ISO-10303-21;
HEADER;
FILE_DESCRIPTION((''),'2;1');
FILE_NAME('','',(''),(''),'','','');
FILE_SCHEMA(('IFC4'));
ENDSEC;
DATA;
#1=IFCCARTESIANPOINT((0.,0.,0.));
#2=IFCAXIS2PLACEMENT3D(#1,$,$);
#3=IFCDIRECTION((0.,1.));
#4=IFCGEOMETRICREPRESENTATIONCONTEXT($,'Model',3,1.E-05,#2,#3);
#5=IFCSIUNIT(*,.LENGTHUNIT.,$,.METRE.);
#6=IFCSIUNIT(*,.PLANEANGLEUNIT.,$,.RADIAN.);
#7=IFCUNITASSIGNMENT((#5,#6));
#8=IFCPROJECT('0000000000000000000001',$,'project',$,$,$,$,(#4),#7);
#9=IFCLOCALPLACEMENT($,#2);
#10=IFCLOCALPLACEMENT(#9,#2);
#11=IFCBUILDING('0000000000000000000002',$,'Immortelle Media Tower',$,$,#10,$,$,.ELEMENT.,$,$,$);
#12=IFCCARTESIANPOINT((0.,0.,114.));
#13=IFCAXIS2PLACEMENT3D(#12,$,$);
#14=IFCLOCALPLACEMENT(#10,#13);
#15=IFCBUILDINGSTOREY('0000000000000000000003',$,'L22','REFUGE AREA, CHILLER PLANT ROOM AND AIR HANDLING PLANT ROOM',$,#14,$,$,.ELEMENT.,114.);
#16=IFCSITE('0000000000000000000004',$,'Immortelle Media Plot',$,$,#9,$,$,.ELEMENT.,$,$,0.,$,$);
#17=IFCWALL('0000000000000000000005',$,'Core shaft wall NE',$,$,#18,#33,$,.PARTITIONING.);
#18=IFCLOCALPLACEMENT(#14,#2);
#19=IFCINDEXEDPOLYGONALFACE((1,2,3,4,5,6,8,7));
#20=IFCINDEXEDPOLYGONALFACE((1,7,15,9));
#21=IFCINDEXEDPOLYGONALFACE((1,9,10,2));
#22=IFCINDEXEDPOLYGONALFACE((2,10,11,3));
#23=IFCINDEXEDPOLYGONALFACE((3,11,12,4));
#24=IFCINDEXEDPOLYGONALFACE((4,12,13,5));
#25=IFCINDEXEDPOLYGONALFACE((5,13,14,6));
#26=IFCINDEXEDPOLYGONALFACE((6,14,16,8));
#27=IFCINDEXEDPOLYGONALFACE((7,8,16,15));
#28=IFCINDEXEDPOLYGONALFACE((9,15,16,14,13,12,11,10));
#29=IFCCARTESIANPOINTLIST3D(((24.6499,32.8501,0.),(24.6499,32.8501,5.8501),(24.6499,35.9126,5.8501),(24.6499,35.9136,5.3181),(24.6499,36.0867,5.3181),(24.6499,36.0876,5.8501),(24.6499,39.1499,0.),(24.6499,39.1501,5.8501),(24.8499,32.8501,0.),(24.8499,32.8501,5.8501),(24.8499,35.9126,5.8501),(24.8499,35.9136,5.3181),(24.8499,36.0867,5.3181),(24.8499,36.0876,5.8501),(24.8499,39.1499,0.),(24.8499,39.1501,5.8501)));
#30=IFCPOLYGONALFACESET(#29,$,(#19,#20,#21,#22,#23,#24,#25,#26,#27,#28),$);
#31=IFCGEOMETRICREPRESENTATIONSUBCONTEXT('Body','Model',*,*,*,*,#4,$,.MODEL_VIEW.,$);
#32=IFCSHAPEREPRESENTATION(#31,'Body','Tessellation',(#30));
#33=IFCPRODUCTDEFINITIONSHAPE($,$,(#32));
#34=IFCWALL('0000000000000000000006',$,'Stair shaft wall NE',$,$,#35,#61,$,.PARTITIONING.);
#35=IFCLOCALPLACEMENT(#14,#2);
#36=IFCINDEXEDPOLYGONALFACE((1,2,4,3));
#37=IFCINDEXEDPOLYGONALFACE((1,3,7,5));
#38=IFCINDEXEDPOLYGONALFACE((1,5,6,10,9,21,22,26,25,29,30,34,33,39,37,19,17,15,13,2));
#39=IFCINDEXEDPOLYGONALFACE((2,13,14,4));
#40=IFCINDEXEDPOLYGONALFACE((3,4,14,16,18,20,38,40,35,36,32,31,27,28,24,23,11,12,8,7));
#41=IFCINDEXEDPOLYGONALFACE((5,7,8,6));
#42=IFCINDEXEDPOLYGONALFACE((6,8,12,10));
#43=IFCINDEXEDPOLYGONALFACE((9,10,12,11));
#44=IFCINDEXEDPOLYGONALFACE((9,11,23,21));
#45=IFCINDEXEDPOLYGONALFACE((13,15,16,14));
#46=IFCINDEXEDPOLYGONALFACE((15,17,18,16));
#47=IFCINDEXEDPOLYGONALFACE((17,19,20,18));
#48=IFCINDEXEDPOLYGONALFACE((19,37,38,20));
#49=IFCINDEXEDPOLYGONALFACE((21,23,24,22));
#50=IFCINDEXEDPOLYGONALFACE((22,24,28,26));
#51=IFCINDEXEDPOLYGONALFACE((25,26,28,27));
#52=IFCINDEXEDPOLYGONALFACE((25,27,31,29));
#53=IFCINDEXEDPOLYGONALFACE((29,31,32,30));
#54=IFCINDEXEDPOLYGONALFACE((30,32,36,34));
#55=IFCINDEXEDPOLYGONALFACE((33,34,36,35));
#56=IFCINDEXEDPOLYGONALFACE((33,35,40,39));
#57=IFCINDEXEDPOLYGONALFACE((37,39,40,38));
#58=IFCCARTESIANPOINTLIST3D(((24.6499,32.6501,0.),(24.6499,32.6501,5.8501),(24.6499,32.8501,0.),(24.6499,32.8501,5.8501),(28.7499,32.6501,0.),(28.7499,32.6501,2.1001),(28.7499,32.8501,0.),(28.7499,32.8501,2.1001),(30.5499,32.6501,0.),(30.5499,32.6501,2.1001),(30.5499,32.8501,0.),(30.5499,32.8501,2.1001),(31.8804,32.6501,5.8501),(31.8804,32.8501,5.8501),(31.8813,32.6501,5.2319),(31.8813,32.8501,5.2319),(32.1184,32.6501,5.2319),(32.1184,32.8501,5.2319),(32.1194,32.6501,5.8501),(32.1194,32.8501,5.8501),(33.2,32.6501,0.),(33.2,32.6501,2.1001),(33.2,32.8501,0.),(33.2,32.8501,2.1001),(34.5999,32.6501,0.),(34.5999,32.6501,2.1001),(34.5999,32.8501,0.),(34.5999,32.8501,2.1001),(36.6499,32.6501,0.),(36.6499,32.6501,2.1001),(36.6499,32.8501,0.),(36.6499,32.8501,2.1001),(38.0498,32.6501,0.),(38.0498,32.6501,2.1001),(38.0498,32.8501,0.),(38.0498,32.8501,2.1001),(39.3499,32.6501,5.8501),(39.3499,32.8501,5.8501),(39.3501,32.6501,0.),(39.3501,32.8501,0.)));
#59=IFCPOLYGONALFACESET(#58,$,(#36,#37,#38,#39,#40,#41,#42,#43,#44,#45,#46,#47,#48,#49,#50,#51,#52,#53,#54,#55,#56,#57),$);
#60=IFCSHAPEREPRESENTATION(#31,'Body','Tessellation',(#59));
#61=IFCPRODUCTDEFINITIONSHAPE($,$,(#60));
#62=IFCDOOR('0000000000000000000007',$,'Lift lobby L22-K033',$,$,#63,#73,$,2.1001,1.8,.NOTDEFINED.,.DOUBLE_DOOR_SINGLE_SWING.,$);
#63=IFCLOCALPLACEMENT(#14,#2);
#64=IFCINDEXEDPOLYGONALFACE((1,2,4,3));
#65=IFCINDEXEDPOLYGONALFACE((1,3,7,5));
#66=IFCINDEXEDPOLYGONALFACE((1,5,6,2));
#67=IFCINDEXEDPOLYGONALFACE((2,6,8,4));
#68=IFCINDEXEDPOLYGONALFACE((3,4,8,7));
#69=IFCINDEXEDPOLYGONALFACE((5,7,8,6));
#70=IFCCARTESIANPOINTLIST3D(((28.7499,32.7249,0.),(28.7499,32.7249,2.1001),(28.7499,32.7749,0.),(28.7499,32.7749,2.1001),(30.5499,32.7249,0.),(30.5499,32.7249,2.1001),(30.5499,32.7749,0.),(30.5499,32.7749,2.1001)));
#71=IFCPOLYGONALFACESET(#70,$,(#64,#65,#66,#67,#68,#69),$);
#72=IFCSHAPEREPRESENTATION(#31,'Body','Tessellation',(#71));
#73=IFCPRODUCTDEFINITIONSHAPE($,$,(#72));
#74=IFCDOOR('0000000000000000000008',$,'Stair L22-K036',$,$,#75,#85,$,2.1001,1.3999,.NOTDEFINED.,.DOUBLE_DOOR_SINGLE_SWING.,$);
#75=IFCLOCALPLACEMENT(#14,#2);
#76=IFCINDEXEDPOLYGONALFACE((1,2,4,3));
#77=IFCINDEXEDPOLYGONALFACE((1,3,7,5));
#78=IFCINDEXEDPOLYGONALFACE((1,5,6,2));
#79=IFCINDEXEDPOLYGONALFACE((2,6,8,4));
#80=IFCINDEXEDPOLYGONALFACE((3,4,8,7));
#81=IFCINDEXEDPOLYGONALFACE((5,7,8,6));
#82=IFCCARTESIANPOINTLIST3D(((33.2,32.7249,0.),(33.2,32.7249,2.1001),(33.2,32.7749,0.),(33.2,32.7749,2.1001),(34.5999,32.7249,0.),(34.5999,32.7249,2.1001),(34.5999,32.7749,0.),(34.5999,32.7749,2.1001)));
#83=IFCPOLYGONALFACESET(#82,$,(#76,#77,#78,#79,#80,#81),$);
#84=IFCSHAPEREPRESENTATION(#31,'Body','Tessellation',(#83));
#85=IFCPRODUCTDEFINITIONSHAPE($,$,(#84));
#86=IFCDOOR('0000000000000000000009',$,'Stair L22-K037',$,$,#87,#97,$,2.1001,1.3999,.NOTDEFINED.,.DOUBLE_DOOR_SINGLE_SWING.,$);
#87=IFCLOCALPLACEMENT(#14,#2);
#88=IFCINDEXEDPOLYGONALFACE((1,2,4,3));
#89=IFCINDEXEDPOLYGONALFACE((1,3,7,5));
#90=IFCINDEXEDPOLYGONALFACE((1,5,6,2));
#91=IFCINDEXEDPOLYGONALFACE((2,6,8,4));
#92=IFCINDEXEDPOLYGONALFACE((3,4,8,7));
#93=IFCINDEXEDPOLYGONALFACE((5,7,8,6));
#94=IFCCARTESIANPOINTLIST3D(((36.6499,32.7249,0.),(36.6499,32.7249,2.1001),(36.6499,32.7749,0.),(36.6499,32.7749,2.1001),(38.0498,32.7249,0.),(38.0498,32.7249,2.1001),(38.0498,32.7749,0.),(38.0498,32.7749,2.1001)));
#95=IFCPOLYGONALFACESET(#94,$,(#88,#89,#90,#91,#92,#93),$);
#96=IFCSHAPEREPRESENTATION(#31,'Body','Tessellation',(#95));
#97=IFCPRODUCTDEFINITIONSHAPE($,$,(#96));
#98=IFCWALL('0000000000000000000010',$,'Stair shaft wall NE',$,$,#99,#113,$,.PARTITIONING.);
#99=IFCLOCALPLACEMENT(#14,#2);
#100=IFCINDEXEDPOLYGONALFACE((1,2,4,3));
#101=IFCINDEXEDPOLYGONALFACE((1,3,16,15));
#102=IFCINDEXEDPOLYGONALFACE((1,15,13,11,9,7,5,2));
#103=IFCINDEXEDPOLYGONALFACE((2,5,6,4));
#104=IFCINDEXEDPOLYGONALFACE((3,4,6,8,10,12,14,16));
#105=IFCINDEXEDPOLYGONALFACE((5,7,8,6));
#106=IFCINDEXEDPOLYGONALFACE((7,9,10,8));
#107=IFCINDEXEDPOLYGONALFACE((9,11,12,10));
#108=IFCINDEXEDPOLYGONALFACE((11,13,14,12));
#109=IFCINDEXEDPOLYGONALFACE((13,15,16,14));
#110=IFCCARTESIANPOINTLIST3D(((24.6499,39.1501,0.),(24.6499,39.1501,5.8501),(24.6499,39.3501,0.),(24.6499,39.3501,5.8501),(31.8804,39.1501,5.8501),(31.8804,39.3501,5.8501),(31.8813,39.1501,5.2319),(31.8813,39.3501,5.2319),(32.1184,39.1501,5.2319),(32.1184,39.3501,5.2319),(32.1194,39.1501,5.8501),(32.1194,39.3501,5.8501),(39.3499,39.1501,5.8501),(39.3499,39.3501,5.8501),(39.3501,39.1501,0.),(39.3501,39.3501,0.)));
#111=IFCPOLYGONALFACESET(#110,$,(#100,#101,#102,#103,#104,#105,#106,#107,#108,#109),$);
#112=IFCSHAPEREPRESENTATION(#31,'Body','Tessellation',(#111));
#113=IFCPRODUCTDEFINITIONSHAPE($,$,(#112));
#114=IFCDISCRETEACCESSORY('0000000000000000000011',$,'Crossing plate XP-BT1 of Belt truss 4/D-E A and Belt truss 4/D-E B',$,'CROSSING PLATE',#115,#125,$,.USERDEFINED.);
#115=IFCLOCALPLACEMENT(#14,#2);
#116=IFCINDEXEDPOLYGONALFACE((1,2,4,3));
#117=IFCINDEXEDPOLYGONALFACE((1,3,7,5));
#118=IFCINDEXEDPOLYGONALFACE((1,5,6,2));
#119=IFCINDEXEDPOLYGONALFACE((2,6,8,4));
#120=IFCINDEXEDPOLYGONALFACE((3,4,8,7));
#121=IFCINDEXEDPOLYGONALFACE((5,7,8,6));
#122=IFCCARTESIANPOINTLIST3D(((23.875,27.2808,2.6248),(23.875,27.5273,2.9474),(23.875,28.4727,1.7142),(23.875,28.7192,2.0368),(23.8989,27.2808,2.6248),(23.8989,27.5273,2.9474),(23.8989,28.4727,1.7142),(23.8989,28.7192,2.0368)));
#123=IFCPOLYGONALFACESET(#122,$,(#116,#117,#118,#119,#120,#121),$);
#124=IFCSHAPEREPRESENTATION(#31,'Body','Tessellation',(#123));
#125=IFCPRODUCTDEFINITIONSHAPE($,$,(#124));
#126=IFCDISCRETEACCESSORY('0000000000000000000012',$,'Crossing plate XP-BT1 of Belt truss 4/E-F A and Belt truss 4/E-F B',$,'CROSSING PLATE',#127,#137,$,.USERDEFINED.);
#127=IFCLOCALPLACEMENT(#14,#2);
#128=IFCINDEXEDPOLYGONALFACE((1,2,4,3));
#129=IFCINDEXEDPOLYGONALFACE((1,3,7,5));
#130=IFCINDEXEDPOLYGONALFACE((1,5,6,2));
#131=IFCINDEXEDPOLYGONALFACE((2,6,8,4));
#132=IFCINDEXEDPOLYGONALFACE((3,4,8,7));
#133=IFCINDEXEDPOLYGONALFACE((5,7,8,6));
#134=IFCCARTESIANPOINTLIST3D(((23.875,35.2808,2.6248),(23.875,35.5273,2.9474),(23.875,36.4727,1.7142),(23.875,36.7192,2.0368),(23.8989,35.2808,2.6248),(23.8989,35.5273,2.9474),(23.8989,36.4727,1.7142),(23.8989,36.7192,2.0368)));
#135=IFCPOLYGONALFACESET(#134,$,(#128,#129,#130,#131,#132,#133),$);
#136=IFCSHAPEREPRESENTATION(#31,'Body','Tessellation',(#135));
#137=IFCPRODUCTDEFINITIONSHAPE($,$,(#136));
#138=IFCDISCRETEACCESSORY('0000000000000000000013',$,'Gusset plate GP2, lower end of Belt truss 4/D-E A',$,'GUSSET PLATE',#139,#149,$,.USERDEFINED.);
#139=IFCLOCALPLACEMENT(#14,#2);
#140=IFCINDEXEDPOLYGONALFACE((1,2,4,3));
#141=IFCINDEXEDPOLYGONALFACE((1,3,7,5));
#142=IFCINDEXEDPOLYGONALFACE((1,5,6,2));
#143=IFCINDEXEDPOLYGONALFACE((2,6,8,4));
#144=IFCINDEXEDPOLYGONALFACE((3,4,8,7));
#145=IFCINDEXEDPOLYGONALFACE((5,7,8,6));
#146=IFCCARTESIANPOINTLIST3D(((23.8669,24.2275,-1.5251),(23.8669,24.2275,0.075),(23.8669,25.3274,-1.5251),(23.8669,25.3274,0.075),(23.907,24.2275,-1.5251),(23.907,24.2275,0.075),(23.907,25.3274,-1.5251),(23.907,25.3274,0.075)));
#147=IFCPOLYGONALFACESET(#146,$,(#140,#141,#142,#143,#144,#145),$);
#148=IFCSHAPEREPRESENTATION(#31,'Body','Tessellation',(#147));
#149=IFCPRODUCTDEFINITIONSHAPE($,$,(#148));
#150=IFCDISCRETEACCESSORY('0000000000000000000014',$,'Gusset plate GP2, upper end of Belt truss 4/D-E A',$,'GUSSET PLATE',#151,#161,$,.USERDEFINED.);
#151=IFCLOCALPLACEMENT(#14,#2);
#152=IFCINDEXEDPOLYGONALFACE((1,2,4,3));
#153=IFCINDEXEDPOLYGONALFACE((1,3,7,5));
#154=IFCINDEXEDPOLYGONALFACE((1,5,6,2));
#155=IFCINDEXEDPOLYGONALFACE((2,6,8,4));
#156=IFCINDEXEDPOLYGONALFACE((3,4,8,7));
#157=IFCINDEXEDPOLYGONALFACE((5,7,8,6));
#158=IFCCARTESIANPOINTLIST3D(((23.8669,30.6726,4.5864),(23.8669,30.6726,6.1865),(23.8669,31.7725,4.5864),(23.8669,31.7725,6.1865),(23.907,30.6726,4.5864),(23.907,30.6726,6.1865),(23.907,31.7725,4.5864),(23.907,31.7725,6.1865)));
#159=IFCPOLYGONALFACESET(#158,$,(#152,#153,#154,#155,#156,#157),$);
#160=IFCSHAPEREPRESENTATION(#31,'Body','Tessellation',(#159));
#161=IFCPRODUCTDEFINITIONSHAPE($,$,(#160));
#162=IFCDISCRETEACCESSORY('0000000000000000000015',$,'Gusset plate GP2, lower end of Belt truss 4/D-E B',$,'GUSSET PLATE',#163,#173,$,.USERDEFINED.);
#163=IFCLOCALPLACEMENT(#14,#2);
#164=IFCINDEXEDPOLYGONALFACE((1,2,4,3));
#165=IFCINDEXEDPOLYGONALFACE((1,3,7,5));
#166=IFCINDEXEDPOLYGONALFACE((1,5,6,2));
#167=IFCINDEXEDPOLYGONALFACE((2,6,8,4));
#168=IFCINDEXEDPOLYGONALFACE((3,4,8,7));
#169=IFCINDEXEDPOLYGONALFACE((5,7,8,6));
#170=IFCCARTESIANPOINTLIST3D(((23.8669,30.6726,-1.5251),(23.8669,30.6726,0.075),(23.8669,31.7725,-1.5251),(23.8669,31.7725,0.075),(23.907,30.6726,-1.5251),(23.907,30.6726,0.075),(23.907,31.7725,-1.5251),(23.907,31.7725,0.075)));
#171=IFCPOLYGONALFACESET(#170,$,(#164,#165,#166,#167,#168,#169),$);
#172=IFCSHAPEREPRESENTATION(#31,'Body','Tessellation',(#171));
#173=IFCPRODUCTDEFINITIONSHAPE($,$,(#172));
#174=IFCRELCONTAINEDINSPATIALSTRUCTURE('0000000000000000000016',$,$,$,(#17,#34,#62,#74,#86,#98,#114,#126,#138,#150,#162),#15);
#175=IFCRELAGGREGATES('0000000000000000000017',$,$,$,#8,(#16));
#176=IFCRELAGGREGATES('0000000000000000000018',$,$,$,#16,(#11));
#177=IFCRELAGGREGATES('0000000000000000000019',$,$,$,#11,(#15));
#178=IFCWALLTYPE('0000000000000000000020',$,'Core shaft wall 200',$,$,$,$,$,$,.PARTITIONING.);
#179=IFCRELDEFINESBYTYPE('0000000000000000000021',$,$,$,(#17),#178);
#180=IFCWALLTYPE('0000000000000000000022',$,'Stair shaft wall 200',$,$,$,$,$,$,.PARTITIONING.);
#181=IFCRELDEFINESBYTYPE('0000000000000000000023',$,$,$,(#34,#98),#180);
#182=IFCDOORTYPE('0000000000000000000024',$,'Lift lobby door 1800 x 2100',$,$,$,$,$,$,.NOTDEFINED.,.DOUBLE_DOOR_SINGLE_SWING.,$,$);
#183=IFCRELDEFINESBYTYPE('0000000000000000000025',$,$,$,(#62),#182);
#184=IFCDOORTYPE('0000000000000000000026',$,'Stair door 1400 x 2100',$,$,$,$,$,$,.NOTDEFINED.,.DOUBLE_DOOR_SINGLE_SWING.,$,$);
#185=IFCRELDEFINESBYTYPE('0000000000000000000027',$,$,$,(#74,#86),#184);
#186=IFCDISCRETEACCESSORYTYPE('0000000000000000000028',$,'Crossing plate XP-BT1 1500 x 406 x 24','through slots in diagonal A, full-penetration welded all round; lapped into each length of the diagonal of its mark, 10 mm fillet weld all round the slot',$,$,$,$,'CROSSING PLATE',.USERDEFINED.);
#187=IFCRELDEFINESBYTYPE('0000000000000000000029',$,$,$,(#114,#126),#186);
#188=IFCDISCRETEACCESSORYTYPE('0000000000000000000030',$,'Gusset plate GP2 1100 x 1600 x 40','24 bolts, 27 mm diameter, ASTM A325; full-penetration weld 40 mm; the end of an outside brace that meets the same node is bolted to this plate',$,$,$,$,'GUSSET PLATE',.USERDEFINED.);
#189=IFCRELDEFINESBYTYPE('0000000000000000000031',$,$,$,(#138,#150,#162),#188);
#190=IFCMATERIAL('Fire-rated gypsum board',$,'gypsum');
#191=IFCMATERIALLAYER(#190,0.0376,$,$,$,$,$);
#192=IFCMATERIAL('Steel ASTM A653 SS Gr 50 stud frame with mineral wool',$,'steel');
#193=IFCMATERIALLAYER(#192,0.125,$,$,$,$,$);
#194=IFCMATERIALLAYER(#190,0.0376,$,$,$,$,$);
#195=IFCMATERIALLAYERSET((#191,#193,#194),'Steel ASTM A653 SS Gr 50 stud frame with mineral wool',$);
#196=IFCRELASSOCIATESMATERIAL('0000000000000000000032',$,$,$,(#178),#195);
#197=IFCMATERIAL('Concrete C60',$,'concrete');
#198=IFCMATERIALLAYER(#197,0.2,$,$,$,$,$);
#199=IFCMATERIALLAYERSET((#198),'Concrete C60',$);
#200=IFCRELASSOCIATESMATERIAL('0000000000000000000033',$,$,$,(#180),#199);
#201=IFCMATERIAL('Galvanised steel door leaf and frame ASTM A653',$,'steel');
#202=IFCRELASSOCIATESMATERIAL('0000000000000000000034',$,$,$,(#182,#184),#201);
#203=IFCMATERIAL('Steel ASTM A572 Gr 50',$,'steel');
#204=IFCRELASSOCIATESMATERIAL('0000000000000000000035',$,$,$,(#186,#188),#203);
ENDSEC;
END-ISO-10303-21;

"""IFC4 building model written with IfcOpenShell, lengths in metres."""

from ifc_helpers import new_model, si_unit, direction, frame, frame_2d, origin, origin_2d, place, context, subcontext, project, spatial, polyline, rectangle, outline, extrude, material, layer, layer_set, material_profile, profile_set, type_object, element, fill, save


model = new_model("IFC4")

# Units and contexts
model_context = context("Model", 3, precision=1e-05, world=origin(), true_north=direction((0.0, 1.0)))
body_context = subcontext(model_context, "Body", "Model", "MODEL_VIEW")
ifc_project = project(units=[si_unit("LENGTHUNIT", "METRE"), si_unit("PLANEANGLEUNIT", "RADIAN")], contexts=[model_context])

# Site, building, storey
site_placement = place(None, origin())
site = spatial("IfcSite", under=ifc_project, at=site_placement, Name="Immortelle Media Plot", CompositionType="ELEMENT", RefElevation=0.0)
building_placement = place(site_placement, origin())
building = spatial("IfcBuilding", under=site, at=building_placement, Name="Immortelle Media Tower", CompositionType="ELEMENT")
storey_placement = place(building_placement, frame((0.0, 0.0, 114.0)))
storey = spatial("IfcBuildingStorey", under=building, at=storey_placement, Name="L22", Description="REFUGE AREA, CHILLER PLANT ROOM AND AIR HANDLING PLANT ROOM", CompositionType="ELEMENT", Elevation=114.0)

# Wall
ifc_material_1 = material(Name="Fire-rated gypsum board", Category="gypsum")
ifc_layer_1 = layer(ifc_material_1, 0.0376)
ifc_material_2 = material(Name="Steel ASTM A653 SS Gr 50 stud frame with mineral wool", Category="steel")
ifc_layer_2 = layer(ifc_material_2, 0.125)
ifc_layer_3 = layer(ifc_material_1, 0.0376)
ifc_layer_set_1 = layer_set([ifc_layer_1, ifc_layer_2, ifc_layer_3], Name="Steel ASTM A653 SS Gr 50 stud frame with mineral wool")
wall_type_1 = type_object("IfcWallType", Name="Core shaft wall 200", PredefinedType="PARTITIONING", material=ifc_layer_set_1)
wall_1_placement = place(storey_placement, frame((24.75, 32.8501, 0.0), z_axis=(0.0, 0.0, 1.0), x_axis=(0.0, 1.0, 0.0)))
element("IfcWall", 1, at=wall_1_placement, inside=storey, type_object=wall_type_1, Name="Core shaft wall NE", PredefinedType="PARTITIONING", context=body_context, shape_type="SweptSolid", body=[
    extrude(outline(polyline([(0.0, 0.0), (6.2998, 0.0), (6.3, 5.8501), (3.2375, 5.8501), (3.2366, 5.3181), (3.0635, 5.3181), (3.0625, 5.8501), (0.0, 5.8501), (0.0, 0.0)])), frame((0.0, 0.1001, 0.0), z_axis=(0.0, -1.0, 0.0), x_axis=(1.0, 0.0, 0.0)), (0.0, 0.0, 1.0), 0.2),
])

# Wall, openings, doors
ifc_material_3 = material(Name="Concrete C60", Category="concrete")
ifc_layer_4 = layer(ifc_material_3, 0.2)
ifc_layer_set_2 = layer_set([ifc_layer_4], Name="Concrete C60")
wall_type_2 = type_object("IfcWallType", Name="Stair shaft wall 200", PredefinedType="PARTITIONING", material=ifc_layer_set_2)
wall_2_placement = place(storey_placement, frame((24.6499, 32.75, 0.0), z_axis=(0.0, 0.0, 1.0), x_axis=(1.0, 0.0, 0.0)))
wall_2 = element("IfcWall", 2, at=wall_2_placement, inside=storey, type_object=wall_type_2, Name="Stair shaft wall NE", PredefinedType="PARTITIONING", context=body_context, shape_type="SweptSolid", body=[
    extrude(outline(polyline([(0.0, 0.0), (14.7002, 0.0), (14.7, 5.8501), (7.4695, 5.8501), (7.4685, 5.2319), (7.2314, 5.2319), (7.2305, 5.8501), (0.0, 5.8501), (0.0, 0.0)])), frame((0.0, 0.1001, 0.0), z_axis=(0.0, -1.0, 0.0), x_axis=(1.0, 0.0, 0.0)), (0.0, 0.0, 1.0), 0.2),
])
opening_1_placement = place(wall_2_placement, frame((4.1001, 0.0, 0.0)))
opening_1 = element("IfcOpeningElement", 3, at=opening_1_placement, cuts=wall_2, PredefinedType="OPENING", context=body_context, shape_type="SweptSolid", body=[
    extrude(rectangle(XDim=1.8, YDim=2.1001, at=frame_2d((0.8999, 1.05))), frame((0.0, 0.1099, 0.0), z_axis=(0.0, -1.0, 0.0), x_axis=(1.0, 0.0, 0.0)), (0.0, 0.0, 1.0), 0.22),
])
opening_2_placement = place(wall_2_placement, frame((8.55, 0.0, 0.0)))
opening_2 = element("IfcOpeningElement", 4, at=opening_2_placement, cuts=wall_2, PredefinedType="OPENING", context=body_context, shape_type="SweptSolid", body=[
    extrude(rectangle(XDim=1.3999, YDim=2.1001, at=frame_2d((0.7, 1.05))), frame((0.0, 0.1099, 0.0), z_axis=(0.0, -1.0, 0.0), x_axis=(1.0, 0.0, 0.0)), (0.0, 0.0, 1.0), 0.22),
])
opening_3_placement = place(wall_2_placement, frame((12.0, 0.0, 0.0)))
opening_3 = element("IfcOpeningElement", 5, at=opening_3_placement, cuts=wall_2, PredefinedType="OPENING", context=body_context, shape_type="SweptSolid", body=[
    extrude(rectangle(XDim=1.3999, YDim=2.1001, at=frame_2d((0.7, 1.05))), frame((0.0, 0.1099, 0.0), z_axis=(0.0, -1.0, 0.0), x_axis=(1.0, 0.0, 0.0)), (0.0, 0.0, 1.0), 0.22),
])
ifc_material_4 = material(Name="Galvanised steel door leaf and frame ASTM A653", Category="steel")
door_type_1 = type_object("IfcDoorType", Name="Lift lobby door 1800 x 2100", OperationType="DOUBLE_DOOR_SINGLE_SWING", PredefinedType="NOTDEFINED", material=ifc_material_4)
door_1_placement = place(opening_1_placement, origin())
door_1 = element("IfcDoor", 6, at=door_1_placement, inside=storey, type_object=door_type_1, Name="Lift lobby L22-K033", OperationType="DOUBLE_DOOR_SINGLE_SWING", OverallHeight=2.1001, OverallWidth=1.8, PredefinedType="NOTDEFINED", context=body_context, shape_type="SweptSolid", body=[
    extrude(rectangle(XDim=1.8, YDim=2.1001, at=frame_2d((0.8999, 1.05))), frame((0.0, 0.0249, 0.0), z_axis=(0.0, -1.0, 0.0), x_axis=(1.0, 0.0, 0.0)), (0.0, 0.0, 1.0), 0.05),
])
fill(opening_1, door_1)
door_type_2 = type_object("IfcDoorType", Name="Stair door 1400 x 2100", OperationType="DOUBLE_DOOR_SINGLE_SWING", PredefinedType="NOTDEFINED", material=ifc_material_4)
door_2_placement = place(opening_2_placement, origin())
door_2 = element("IfcDoor", 7, at=door_2_placement, inside=storey, type_object=door_type_2, Name="Stair L22-K036", OperationType="DOUBLE_DOOR_SINGLE_SWING", OverallHeight=2.1001, OverallWidth=1.3999, PredefinedType="NOTDEFINED", context=body_context, shape_type="SweptSolid", body=[
    extrude(rectangle(XDim=1.3999, YDim=2.1001, at=frame_2d((0.7, 1.05))), frame((0.0, 0.0249, 0.0), z_axis=(0.0, -1.0, 0.0), x_axis=(1.0, 0.0, 0.0)), (0.0, 0.0, 1.0), 0.05),
])
fill(opening_2, door_2)
door_3_placement = place(opening_3_placement, origin())
door_3 = element("IfcDoor", 8, at=door_3_placement, inside=storey, type_object=door_type_2, Name="Stair L22-K037", OperationType="DOUBLE_DOOR_SINGLE_SWING", OverallHeight=2.1001, OverallWidth=1.3999, PredefinedType="NOTDEFINED", context=body_context, shape_type="SweptSolid", body=[
    extrude(rectangle(XDim=1.3999, YDim=2.1001, at=frame_2d((0.7, 1.05))), frame((0.0, 0.0249, 0.0), z_axis=(0.0, -1.0, 0.0), x_axis=(1.0, 0.0, 0.0)), (0.0, 0.0, 1.0), 0.05),
])
fill(opening_3, door_3)

# Wall
wall_3_placement = place(storey_placement, frame((24.6499, 39.25, 0.0), z_axis=(0.0, 0.0, 1.0), x_axis=(1.0, 0.0, 0.0)))
element("IfcWall", 9, at=wall_3_placement, inside=storey, type_object=wall_type_2, Name="Stair shaft wall NE", PredefinedType="PARTITIONING", context=body_context, shape_type="SweptSolid", body=[
    extrude(outline(polyline([(0.0, 0.0), (14.7002, 0.0), (14.7, 5.8501), (7.4695, 5.8501), (7.4685, 5.2319), (7.2314, 5.2319), (7.2305, 5.8501), (0.0, 5.8501), (0.0, 0.0)])), frame((0.0, 0.1001, 0.0), z_axis=(0.0, -1.0, 0.0), x_axis=(1.0, 0.0, 0.0)), (0.0, 0.0, 1.0), 0.2),
])

# Discrete accessories
ifc_material_5 = material(Name="Steel ASTM A572 Gr 50", Category="steel")
ifc_material_profile_1 = material_profile(ifc_material_5, rectangle(XDim=0.0239, YDim=0.406, at=origin_2d()), Name="PL 24 x 406")
ifc_profile_set_1 = profile_set([ifc_material_profile_1], Name="Steel ASTM A572 Gr 50")
discrete_accessory_type_1 = type_object("IfcDiscreteAccessoryType", Name="Crossing plate XP-BT1 1500 x 406 x 24", Description="through slots in diagonal A, full-penetration welded all round; lapped into each length of the diagonal of its mark, 10 mm fillet weld all round the slot", ElementType="CROSSING PLATE", PredefinedType="USERDEFINED", material=ifc_profile_set_1)
for number, where, z_axis, x_axis, name in (
    (10, (23.887, 27.4041, 2.7861), (0.0, 0.794616, -0.607112), (-1.0, 0.0, 0.0), "Crossing plate XP-BT1 of Belt truss 4/D-E A and Belt truss 4/D-E B"),
    (11, (23.887, 35.4041, 2.7861), (0.0, 0.794616, -0.607112), (-1.0, 0.0, 0.0), "Crossing plate XP-BT1 of Belt truss 4/E-F A and Belt truss 4/E-F B"),
):
    element("IfcDiscreteAccessory", number, at=place(storey_placement, frame(where, z_axis=z_axis, x_axis=x_axis)), inside=storey, type_object=discrete_accessory_type_1, Name=name, ObjectType="CROSSING PLATE", PredefinedType="USERDEFINED", context=body_context, shape_type="SweptSolid", body=[
        extrude(rectangle(XDim=0.0239, YDim=0.406, at=origin_2d()), origin(), (0.0, 0.0, 1.0), 1.5),
    ])
ifc_material_profile_2 = material_profile(ifc_material_5, rectangle(XDim=0.04, YDim=1.6001, at=origin_2d()), Name="PL 40 x 1600")
ifc_profile_set_2 = profile_set([ifc_material_profile_2], Name="Steel ASTM A572 Gr 50")
discrete_accessory_type_2 = type_object("IfcDiscreteAccessoryType", Name="Gusset plate GP2 1100 x 1600 x 40", Description="24 bolts, 27 mm diameter, ASTM A325; full-penetration weld 40 mm; the end of an outside brace that meets the same node is bolted to this plate", ElementType="GUSSET PLATE", PredefinedType="USERDEFINED", material=ifc_profile_set_2)
for number, where, z_axis, x_axis, name in (
    (12, (23.887, 24.2275, -0.7251), (0.0, 1.0, 0.0), (-1.0, 0.0, 0.0), "Gusset plate GP2, lower end of Belt truss 4/D-E A"),
    (13, (23.887, 31.7725, 5.3865), (0.0, -1.0, 0.0), (1.0, 0.0, 0.0), "Gusset plate GP2, upper end of Belt truss 4/D-E A"),
    (14, (23.887, 31.7725, -0.7251), (0.0, -1.0, 0.0), (1.0, 0.0, 0.0), "Gusset plate GP2, lower end of Belt truss 4/D-E B"),
):
    element("IfcDiscreteAccessory", number, at=place(storey_placement, frame(where, z_axis=z_axis, x_axis=x_axis)), inside=storey, type_object=discrete_accessory_type_2, Name=name, ObjectType="GUSSET PLATE", PredefinedType="USERDEFINED", context=body_context, shape_type="SweptSolid", body=[
        extrude(rectangle(XDim=0.04, YDim=1.6001, at=origin_2d()), origin(), (0.0, 0.0, 1.0), 1.0999),
    ])

save(model, "model.ifc")
